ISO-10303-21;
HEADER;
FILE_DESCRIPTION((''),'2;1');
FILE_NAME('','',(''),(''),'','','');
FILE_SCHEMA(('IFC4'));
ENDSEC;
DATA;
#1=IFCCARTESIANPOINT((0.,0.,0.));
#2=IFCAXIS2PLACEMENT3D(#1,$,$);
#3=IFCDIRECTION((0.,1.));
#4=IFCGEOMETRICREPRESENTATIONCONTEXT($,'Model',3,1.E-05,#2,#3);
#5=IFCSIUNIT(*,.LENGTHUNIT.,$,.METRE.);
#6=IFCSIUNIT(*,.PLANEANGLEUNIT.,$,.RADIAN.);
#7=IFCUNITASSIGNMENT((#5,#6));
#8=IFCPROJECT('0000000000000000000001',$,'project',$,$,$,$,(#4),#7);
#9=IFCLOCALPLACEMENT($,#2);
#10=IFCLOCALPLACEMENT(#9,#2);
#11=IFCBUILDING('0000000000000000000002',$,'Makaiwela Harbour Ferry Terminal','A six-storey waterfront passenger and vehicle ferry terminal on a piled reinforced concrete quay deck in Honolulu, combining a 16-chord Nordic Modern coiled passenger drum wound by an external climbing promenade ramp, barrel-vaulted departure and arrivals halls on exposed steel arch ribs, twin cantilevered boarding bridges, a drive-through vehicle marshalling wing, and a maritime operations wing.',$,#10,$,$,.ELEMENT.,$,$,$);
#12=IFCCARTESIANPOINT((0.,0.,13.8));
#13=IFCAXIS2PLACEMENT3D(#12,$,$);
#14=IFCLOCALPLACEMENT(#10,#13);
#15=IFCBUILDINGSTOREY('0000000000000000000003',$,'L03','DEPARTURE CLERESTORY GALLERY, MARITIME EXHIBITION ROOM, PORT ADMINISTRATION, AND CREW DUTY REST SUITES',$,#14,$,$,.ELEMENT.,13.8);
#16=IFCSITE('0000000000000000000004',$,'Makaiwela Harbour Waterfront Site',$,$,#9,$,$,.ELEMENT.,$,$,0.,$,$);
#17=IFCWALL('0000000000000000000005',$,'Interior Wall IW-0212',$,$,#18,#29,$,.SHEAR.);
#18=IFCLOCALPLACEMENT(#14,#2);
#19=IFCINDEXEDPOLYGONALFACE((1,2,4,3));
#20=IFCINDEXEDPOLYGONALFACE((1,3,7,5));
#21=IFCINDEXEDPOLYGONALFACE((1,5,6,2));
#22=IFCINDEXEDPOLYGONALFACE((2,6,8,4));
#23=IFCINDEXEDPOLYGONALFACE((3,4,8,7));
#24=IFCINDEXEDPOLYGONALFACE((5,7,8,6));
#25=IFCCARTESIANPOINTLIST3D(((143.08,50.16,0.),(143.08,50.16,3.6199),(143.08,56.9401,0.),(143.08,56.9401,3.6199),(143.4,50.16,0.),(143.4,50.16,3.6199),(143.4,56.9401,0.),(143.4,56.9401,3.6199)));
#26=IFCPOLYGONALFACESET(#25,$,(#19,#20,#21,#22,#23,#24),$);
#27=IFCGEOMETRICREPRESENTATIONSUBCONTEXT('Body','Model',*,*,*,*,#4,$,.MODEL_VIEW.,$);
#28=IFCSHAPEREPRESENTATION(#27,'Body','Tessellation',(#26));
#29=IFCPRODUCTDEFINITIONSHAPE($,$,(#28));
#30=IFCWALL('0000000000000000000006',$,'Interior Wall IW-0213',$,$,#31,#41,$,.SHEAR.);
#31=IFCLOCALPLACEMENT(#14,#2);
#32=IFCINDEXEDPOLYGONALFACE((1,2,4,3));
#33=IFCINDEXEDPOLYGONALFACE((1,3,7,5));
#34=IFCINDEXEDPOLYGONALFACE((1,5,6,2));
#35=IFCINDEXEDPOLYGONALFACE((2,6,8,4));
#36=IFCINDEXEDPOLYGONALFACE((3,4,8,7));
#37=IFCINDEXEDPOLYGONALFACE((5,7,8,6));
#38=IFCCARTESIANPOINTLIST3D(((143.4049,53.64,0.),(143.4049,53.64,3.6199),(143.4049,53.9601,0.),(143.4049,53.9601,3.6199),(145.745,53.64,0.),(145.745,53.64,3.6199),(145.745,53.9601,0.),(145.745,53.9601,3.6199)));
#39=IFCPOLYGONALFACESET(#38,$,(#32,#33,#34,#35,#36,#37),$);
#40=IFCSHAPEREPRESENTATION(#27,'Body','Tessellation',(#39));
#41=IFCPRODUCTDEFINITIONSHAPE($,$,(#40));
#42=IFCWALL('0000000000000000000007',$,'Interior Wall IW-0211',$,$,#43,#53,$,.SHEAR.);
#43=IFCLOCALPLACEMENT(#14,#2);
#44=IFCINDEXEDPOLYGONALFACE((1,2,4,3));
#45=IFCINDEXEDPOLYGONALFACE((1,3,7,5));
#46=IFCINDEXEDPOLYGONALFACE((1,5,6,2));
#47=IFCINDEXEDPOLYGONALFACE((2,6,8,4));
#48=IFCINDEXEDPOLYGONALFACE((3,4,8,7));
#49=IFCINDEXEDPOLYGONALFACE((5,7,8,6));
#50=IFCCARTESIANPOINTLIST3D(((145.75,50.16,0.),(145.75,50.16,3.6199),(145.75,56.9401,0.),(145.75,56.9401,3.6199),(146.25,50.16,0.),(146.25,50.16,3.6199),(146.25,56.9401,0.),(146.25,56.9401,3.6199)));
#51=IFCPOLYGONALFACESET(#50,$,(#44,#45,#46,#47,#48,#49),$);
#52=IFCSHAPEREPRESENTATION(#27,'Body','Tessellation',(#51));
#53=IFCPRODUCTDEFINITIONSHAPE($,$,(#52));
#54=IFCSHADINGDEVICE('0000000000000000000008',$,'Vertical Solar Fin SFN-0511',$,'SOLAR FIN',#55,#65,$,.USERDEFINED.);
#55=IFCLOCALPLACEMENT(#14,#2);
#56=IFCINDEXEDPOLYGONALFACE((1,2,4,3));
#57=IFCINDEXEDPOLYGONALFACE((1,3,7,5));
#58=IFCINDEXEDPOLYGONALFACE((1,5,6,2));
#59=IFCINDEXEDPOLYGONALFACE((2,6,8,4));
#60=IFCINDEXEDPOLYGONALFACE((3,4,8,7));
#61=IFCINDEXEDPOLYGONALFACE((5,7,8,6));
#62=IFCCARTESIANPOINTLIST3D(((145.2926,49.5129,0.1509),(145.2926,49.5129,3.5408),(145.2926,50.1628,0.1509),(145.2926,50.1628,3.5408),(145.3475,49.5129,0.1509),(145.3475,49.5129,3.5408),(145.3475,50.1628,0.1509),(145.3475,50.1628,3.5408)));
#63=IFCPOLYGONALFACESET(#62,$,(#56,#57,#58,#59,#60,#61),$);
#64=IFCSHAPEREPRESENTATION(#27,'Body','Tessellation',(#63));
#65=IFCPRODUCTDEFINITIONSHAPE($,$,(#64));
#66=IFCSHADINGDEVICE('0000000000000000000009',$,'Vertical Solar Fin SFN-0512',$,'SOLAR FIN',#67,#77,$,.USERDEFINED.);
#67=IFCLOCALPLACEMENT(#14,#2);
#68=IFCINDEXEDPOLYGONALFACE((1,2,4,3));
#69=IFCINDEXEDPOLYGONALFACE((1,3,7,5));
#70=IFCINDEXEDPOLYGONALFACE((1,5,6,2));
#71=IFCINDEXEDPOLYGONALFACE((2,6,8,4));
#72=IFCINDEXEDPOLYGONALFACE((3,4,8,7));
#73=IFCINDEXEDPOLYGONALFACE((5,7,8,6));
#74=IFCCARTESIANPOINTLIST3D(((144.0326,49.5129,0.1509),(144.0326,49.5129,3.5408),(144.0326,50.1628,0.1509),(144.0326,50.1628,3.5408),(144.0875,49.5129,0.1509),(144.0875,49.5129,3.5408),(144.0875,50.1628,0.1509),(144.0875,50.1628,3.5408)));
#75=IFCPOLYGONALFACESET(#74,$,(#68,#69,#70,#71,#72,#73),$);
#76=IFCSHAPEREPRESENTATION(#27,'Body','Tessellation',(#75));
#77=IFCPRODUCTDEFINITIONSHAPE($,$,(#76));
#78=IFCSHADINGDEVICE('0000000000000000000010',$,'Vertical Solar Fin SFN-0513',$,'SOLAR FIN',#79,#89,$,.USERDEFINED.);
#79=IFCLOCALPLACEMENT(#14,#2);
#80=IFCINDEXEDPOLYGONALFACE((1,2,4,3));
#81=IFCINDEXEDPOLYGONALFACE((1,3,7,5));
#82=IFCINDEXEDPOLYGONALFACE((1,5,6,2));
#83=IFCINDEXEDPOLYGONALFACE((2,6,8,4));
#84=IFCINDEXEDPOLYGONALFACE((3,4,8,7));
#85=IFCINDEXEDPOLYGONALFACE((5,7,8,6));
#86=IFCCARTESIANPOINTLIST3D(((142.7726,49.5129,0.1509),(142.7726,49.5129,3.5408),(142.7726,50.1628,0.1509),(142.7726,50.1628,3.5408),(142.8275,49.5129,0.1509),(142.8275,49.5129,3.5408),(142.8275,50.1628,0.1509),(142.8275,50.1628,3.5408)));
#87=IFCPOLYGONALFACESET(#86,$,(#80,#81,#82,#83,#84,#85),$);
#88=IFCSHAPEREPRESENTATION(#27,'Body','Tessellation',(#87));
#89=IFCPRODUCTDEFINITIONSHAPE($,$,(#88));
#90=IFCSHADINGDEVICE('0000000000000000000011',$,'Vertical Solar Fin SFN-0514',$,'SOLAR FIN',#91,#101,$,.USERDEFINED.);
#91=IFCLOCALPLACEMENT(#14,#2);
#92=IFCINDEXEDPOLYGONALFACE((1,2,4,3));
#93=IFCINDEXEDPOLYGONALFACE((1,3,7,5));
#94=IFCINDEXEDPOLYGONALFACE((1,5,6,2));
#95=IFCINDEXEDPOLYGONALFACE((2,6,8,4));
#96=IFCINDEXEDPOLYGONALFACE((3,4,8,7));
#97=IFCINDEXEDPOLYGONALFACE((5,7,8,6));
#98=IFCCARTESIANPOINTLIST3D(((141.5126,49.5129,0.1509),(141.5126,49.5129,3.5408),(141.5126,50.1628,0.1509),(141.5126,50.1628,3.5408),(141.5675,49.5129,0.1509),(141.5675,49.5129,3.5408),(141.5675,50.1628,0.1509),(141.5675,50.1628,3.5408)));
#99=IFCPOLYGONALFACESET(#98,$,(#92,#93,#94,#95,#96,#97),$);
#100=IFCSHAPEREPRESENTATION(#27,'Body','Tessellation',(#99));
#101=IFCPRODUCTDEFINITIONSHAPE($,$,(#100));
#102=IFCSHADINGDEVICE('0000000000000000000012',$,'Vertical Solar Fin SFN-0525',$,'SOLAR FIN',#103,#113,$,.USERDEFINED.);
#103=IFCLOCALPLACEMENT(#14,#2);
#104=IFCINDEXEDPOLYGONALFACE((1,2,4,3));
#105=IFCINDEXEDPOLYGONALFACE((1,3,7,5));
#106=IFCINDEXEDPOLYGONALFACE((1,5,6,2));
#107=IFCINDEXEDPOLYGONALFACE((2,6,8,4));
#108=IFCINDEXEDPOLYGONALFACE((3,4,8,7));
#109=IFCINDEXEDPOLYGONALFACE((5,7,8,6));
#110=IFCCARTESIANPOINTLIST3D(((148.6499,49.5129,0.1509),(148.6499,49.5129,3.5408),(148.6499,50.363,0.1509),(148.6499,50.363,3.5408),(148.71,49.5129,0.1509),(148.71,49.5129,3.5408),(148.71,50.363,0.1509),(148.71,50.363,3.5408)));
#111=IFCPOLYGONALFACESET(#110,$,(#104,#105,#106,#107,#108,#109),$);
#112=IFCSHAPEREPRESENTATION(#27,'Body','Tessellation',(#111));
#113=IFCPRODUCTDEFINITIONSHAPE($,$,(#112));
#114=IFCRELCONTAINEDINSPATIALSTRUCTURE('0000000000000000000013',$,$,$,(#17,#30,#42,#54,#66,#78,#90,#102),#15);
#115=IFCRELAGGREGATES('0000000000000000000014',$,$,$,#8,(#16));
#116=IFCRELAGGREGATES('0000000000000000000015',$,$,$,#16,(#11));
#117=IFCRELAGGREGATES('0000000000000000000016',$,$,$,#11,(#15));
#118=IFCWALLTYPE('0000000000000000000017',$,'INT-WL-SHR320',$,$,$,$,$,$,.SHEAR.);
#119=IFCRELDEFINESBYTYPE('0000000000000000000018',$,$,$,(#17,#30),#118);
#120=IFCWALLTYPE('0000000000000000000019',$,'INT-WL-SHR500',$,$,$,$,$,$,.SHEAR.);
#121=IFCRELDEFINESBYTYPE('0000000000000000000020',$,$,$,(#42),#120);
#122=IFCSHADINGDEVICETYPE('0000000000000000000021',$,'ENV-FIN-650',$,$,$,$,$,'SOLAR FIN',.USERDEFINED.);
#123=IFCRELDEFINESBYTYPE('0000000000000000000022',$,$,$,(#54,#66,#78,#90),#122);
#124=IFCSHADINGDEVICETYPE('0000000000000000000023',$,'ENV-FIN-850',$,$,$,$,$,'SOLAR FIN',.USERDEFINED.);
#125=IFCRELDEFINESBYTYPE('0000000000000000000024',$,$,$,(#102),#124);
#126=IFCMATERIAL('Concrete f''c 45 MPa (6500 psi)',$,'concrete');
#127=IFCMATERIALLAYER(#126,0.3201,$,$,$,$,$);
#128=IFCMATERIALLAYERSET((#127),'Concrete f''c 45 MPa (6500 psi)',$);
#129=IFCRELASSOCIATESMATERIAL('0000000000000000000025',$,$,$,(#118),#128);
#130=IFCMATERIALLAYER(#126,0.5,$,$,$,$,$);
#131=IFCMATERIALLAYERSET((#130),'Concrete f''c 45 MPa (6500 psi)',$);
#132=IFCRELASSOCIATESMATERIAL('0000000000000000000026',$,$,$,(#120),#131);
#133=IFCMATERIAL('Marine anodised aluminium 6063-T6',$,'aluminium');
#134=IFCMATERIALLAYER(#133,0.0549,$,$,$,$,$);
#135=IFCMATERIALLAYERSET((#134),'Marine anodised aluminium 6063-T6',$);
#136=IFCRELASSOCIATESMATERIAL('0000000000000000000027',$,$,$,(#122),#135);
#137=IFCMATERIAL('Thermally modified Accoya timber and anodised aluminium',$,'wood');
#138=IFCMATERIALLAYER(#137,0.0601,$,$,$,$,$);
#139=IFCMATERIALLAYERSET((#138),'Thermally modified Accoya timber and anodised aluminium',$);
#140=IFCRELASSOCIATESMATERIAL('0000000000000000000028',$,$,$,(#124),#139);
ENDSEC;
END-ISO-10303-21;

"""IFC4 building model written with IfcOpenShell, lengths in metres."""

from ifc_helpers import new_model, si_unit, direction, frame, frame_2d, origin, origin_2d, place, context, subcontext, project, spatial, rectangle, extrude, material, layer, layer_set, type_object, element, save


model = new_model("IFC4")

# Units and contexts
model_context = context("Model", 3, precision=1e-05, world=origin(), true_north=direction((0.0, 1.0)))
body_context = subcontext(model_context, "Body", "Model", "MODEL_VIEW")
ifc_project = project(units=[si_unit("LENGTHUNIT", "METRE"), si_unit("PLANEANGLEUNIT", "RADIAN")], contexts=[model_context])

# Site, building, storey
site_placement = place(None, origin())
site = spatial("IfcSite", under=ifc_project, at=site_placement, Name="Makaiwela Harbour Waterfront Site", CompositionType="ELEMENT", RefElevation=0.0)
building_placement = place(site_placement, origin())
building = spatial("IfcBuilding", under=site, at=building_placement, Name="Makaiwela Harbour Ferry Terminal", Description="A six-storey waterfront passenger and vehicle ferry terminal on a piled reinforced concrete quay deck in Honolulu, combining a 16-chord Nordic Modern coiled passenger drum wound by an external climbing promenade ramp, barrel-vaulted departure and arrivals halls on exposed steel arch ribs, twin cantilevered boarding bridges, a drive-through vehicle marshalling wing, and a maritime operations wing.", CompositionType="ELEMENT")
storey_placement = place(building_placement, frame((0.0, 0.0, 13.8)))
storey = spatial("IfcBuildingStorey", under=building, at=storey_placement, Name="L03", Description="DEPARTURE CLERESTORY GALLERY, MARITIME EXHIBITION ROOM, PORT ADMINISTRATION, AND CREW DUTY REST SUITES", CompositionType="ELEMENT", Elevation=13.8)

# Shared definitions
ifc_material_1 = material(Name="Marine anodised aluminium 6063-T6", Category="aluminium")

# Walls
ifc_material_2 = material(Name="Concrete f'c 45 MPa (6500 psi)", Category="concrete")
ifc_layer_1 = layer(ifc_material_2, 0.3201)
ifc_layer_set_1 = layer_set([ifc_layer_1], Name="Concrete f'c 45 MPa (6500 psi)")
wall_type_1 = type_object("IfcWallType", Name="INT-WL-SHR320", PredefinedType="SHEAR", material=ifc_layer_set_1)
wall_1_placement = place(storey_placement, frame((143.24, 50.1599, 0.0), z_axis=(0.0, 0.0, 1.0), x_axis=(0.0, 1.0, 0.0)))
element("IfcWall", 1, at=wall_1_placement, inside=storey, type_object=wall_type_1, Name="Interior Wall IW-0212", PredefinedType="SHEAR", context=body_context, shape_type="SweptSolid", body=[
    extrude(rectangle(XDim=6.78, YDim=0.3201, at=frame_2d((3.3901, 0.0))), origin(), (0.0, 0.0, 1.0), 3.6199),
])
wall_2_placement = place(storey_placement, frame((143.405, 53.8, 0.0), z_axis=(0.0, 0.0, 1.0), x_axis=(1.0, 0.0, 0.0)))
element("IfcWall", 2, at=wall_2_placement, inside=storey, type_object=wall_type_1, Name="Interior Wall IW-0213", PredefinedType="SHEAR", context=body_context, shape_type="SweptSolid", body=[
    extrude(rectangle(XDim=2.3401, YDim=0.3201, at=frame_2d((1.1699, 0.0))), origin(), (0.0, 0.0, 1.0), 3.6199),
])
ifc_layer_2 = layer(ifc_material_2, 0.5)
ifc_layer_set_2 = layer_set([ifc_layer_2], Name="Concrete f'c 45 MPa (6500 psi)")
wall_type_2 = type_object("IfcWallType", Name="INT-WL-SHR500", PredefinedType="SHEAR", material=ifc_layer_set_2)
wall_3_placement = place(storey_placement, frame((146.0, 50.1599, 0.0), z_axis=(0.0, 0.0, 1.0), x_axis=(0.0, 1.0, 0.0)))
element("IfcWall", 3, at=wall_3_placement, inside=storey, type_object=wall_type_2, Name="Interior Wall IW-0211", PredefinedType="SHEAR", context=body_context, shape_type="SweptSolid", body=[
    extrude(rectangle(XDim=6.78, YDim=0.5, at=frame_2d((3.3901, 0.0))), origin(), (0.0, 0.0, 1.0), 3.6199),
])

# Shading devices
ifc_layer_3 = layer(ifc_material_1, 0.0549)
ifc_layer_set_3 = layer_set([ifc_layer_3], Name="Marine anodised aluminium 6063-T6")
shading_device_type_1 = type_object("IfcShadingDeviceType", Name="ENV-FIN-650", ElementType="SOLAR FIN", PredefinedType="USERDEFINED", material=ifc_layer_set_3)
for number, where, z_axis, x_axis, name in (
    (4, (145.3201, 49.8379, 0.1509), (0.0, 0.0, 1.0), (0.0, 1.0, 0.0), "Vertical Solar Fin SFN-0511"),
    (5, (144.0601, 49.8379, 0.1509), (0.0, 0.0, 1.0), (0.0, 1.0, 0.0), "Vertical Solar Fin SFN-0512"),
    (6, (142.8, 49.8379, 0.1509), (0.0, 0.0, 1.0), (0.0, 1.0, 0.0), "Vertical Solar Fin SFN-0513"),
    (7, (141.54, 49.8379, 0.1509), (0.0, 0.0, 1.0), (0.0, 1.0, 0.0), "Vertical Solar Fin SFN-0514"),
):
    element("IfcShadingDevice", number, at=place(storey_placement, frame(where, z_axis=z_axis, x_axis=x_axis)), inside=storey, type_object=shading_device_type_1, Name=name, ObjectType="SOLAR FIN", PredefinedType="USERDEFINED", context=body_context, shape_type="SweptSolid", body=[
        extrude(rectangle(XDim=0.6499, YDim=0.0549, at=origin_2d()), origin(), (0.0, 0.0, 1.0), 3.3899),
    ])
ifc_material_3 = material(Name="Thermally modified Accoya timber and anodised aluminium", Category="wood")
ifc_layer_4 = layer(ifc_material_3, 0.0601)
ifc_layer_set_4 = layer_set([ifc_layer_4], Name="Thermally modified Accoya timber and anodised aluminium")
shading_device_type_2 = type_object("IfcShadingDeviceType", Name="ENV-FIN-850", ElementType="SOLAR FIN", PredefinedType="USERDEFINED", material=ifc_layer_set_4)
shading_device_placement = place(storey_placement, frame((148.6799, 49.938, 0.1509), z_axis=(0.0, 0.0, 1.0), x_axis=(0.0, 1.0, 0.0)))
element("IfcShadingDevice", 8, at=shading_device_placement, inside=storey, type_object=shading_device_type_2, Name="Vertical Solar Fin SFN-0525", ObjectType="SOLAR FIN", PredefinedType="USERDEFINED", context=body_context, shape_type="SweptSolid", body=[
    extrude(rectangle(XDim=0.8501, YDim=0.0601, at=origin_2d()), origin(), (0.0, 0.0, 1.0), 3.3899),
])

save(model, "model.ifc")
